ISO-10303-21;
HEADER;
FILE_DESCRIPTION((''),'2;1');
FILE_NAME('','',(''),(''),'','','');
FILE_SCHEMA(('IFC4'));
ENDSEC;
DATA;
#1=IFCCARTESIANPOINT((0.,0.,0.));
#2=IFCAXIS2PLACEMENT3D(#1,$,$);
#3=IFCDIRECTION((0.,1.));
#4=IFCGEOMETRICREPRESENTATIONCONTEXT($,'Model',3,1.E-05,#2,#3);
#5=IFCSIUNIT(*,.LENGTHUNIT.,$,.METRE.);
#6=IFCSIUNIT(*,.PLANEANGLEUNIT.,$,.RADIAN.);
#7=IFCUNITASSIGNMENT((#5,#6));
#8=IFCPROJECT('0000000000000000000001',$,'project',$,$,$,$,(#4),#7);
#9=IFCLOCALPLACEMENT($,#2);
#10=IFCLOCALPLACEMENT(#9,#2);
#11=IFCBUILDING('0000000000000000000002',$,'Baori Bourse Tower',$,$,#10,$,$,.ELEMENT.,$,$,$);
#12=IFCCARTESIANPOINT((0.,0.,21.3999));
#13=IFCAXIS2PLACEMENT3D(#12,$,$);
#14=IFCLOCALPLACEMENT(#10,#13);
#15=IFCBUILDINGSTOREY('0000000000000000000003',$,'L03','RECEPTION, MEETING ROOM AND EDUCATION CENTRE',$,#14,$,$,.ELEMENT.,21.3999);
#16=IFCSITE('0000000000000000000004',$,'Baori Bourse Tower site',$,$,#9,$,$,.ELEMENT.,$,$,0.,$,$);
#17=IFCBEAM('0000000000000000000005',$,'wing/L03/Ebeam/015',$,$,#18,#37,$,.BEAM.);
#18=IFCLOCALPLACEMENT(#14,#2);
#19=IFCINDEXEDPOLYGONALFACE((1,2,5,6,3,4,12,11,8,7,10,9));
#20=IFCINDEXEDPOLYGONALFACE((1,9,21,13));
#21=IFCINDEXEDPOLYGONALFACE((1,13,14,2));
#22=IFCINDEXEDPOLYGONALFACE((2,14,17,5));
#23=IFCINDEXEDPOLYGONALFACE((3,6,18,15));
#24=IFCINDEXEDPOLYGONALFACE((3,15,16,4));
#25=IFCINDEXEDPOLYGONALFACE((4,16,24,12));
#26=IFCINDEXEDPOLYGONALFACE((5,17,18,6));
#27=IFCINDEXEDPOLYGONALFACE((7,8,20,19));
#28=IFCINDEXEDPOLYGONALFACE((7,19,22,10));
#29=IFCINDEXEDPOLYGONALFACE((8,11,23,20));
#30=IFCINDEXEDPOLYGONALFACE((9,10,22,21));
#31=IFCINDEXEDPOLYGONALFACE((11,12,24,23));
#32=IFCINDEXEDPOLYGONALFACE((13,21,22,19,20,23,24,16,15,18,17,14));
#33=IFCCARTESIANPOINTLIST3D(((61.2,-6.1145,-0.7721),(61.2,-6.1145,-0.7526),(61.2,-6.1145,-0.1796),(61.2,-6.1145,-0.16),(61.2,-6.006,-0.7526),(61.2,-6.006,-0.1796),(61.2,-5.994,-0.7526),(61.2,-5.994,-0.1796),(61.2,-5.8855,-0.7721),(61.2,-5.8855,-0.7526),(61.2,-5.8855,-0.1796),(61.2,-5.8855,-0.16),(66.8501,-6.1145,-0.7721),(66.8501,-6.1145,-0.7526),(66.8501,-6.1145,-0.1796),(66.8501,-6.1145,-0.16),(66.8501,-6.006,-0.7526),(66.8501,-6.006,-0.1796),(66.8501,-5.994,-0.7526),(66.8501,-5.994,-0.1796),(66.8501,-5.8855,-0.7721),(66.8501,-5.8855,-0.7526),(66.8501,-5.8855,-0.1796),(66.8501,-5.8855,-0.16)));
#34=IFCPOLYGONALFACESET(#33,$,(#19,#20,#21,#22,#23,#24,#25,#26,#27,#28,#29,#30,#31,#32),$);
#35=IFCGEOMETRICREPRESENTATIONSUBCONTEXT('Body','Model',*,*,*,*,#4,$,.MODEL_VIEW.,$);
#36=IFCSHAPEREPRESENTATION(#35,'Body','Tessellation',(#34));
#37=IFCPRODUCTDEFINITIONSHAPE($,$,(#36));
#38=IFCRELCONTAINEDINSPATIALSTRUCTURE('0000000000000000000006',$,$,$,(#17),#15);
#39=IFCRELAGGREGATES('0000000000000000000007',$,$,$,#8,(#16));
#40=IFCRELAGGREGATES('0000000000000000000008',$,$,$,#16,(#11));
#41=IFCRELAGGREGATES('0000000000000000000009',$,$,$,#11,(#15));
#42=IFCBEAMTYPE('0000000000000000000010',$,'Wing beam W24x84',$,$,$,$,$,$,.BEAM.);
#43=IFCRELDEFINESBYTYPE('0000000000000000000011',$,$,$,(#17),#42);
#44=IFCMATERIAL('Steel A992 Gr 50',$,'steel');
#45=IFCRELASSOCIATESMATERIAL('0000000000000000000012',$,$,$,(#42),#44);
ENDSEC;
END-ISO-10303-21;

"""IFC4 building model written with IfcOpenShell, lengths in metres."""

from ifc_helpers import new_model, si_unit, direction, frame, origin, origin_2d, place, context, subcontext, project, spatial, i_section, extrude, material, material_profile, profile_set, type_object, element, save


model = new_model("IFC4")

# Units and contexts
model_context = context("Model", 3, precision=1e-05, world=origin(), true_north=direction((0.0, 1.0)))
body_context = subcontext(model_context, "Body", "Model", "MODEL_VIEW")
ifc_project = project(units=[si_unit("LENGTHUNIT", "METRE"), si_unit("PLANEANGLEUNIT", "RADIAN")], contexts=[model_context])

# Site, building, storey
site_placement = place(None, origin())
site = spatial("IfcSite", under=ifc_project, at=site_placement, Name="Baori Bourse Tower site", CompositionType="ELEMENT", RefElevation=0.0)
building_placement = place(site_placement, origin())
building = spatial("IfcBuilding", under=site, at=building_placement, Name="Baori Bourse Tower", CompositionType="ELEMENT")
storey_placement = place(building_placement, frame((0.0, 0.0, 21.3999)))
storey = spatial("IfcBuildingStorey", under=building, at=storey_placement, Name="L03", Description="RECEPTION, MEETING ROOM AND EDUCATION CENTRE", CompositionType="ELEMENT", Elevation=21.3999)

# Beam
ifc_material_1 = material(Name="Steel A992 Gr 50", Category="steel")
ifc_material_profile_1 = material_profile(ifc_material_1, i_section(OverallWidth=0.229, OverallDepth=0.6121, WebThickness=0.012, FlangeThickness=0.0195, at=origin_2d()), Name="W24x84")
ifc_profile_set_1 = profile_set([ifc_material_profile_1], Name="Steel A992 Gr 50")
beam_type_1 = type_object("IfcBeamType", Name="Wing beam W24x84", PredefinedType="BEAM", material=ifc_profile_set_1)
for number, where, z_axis, x_axis, name in (
    (1, (66.8501, -6.0, -0.4661), (-1.0, 0.0, 0.0), (0.0, -1.0, 0.0), "wing/L03/Ebeam/015"),
):
    element("IfcBeam", number, at=place(storey_placement, frame(where, z_axis=z_axis, x_axis=x_axis)), inside=storey, type_object=beam_type_1, Name=name, PredefinedType="BEAM", context=body_context, shape_type="SweptSolid", body=[
        extrude(i_section(OverallWidth=0.229, OverallDepth=0.6121, WebThickness=0.012, FlangeThickness=0.0195, at=origin_2d()), origin(), (0.0, 0.0, 1.0), 5.6501),
    ])

save(model, "model.ifc")
